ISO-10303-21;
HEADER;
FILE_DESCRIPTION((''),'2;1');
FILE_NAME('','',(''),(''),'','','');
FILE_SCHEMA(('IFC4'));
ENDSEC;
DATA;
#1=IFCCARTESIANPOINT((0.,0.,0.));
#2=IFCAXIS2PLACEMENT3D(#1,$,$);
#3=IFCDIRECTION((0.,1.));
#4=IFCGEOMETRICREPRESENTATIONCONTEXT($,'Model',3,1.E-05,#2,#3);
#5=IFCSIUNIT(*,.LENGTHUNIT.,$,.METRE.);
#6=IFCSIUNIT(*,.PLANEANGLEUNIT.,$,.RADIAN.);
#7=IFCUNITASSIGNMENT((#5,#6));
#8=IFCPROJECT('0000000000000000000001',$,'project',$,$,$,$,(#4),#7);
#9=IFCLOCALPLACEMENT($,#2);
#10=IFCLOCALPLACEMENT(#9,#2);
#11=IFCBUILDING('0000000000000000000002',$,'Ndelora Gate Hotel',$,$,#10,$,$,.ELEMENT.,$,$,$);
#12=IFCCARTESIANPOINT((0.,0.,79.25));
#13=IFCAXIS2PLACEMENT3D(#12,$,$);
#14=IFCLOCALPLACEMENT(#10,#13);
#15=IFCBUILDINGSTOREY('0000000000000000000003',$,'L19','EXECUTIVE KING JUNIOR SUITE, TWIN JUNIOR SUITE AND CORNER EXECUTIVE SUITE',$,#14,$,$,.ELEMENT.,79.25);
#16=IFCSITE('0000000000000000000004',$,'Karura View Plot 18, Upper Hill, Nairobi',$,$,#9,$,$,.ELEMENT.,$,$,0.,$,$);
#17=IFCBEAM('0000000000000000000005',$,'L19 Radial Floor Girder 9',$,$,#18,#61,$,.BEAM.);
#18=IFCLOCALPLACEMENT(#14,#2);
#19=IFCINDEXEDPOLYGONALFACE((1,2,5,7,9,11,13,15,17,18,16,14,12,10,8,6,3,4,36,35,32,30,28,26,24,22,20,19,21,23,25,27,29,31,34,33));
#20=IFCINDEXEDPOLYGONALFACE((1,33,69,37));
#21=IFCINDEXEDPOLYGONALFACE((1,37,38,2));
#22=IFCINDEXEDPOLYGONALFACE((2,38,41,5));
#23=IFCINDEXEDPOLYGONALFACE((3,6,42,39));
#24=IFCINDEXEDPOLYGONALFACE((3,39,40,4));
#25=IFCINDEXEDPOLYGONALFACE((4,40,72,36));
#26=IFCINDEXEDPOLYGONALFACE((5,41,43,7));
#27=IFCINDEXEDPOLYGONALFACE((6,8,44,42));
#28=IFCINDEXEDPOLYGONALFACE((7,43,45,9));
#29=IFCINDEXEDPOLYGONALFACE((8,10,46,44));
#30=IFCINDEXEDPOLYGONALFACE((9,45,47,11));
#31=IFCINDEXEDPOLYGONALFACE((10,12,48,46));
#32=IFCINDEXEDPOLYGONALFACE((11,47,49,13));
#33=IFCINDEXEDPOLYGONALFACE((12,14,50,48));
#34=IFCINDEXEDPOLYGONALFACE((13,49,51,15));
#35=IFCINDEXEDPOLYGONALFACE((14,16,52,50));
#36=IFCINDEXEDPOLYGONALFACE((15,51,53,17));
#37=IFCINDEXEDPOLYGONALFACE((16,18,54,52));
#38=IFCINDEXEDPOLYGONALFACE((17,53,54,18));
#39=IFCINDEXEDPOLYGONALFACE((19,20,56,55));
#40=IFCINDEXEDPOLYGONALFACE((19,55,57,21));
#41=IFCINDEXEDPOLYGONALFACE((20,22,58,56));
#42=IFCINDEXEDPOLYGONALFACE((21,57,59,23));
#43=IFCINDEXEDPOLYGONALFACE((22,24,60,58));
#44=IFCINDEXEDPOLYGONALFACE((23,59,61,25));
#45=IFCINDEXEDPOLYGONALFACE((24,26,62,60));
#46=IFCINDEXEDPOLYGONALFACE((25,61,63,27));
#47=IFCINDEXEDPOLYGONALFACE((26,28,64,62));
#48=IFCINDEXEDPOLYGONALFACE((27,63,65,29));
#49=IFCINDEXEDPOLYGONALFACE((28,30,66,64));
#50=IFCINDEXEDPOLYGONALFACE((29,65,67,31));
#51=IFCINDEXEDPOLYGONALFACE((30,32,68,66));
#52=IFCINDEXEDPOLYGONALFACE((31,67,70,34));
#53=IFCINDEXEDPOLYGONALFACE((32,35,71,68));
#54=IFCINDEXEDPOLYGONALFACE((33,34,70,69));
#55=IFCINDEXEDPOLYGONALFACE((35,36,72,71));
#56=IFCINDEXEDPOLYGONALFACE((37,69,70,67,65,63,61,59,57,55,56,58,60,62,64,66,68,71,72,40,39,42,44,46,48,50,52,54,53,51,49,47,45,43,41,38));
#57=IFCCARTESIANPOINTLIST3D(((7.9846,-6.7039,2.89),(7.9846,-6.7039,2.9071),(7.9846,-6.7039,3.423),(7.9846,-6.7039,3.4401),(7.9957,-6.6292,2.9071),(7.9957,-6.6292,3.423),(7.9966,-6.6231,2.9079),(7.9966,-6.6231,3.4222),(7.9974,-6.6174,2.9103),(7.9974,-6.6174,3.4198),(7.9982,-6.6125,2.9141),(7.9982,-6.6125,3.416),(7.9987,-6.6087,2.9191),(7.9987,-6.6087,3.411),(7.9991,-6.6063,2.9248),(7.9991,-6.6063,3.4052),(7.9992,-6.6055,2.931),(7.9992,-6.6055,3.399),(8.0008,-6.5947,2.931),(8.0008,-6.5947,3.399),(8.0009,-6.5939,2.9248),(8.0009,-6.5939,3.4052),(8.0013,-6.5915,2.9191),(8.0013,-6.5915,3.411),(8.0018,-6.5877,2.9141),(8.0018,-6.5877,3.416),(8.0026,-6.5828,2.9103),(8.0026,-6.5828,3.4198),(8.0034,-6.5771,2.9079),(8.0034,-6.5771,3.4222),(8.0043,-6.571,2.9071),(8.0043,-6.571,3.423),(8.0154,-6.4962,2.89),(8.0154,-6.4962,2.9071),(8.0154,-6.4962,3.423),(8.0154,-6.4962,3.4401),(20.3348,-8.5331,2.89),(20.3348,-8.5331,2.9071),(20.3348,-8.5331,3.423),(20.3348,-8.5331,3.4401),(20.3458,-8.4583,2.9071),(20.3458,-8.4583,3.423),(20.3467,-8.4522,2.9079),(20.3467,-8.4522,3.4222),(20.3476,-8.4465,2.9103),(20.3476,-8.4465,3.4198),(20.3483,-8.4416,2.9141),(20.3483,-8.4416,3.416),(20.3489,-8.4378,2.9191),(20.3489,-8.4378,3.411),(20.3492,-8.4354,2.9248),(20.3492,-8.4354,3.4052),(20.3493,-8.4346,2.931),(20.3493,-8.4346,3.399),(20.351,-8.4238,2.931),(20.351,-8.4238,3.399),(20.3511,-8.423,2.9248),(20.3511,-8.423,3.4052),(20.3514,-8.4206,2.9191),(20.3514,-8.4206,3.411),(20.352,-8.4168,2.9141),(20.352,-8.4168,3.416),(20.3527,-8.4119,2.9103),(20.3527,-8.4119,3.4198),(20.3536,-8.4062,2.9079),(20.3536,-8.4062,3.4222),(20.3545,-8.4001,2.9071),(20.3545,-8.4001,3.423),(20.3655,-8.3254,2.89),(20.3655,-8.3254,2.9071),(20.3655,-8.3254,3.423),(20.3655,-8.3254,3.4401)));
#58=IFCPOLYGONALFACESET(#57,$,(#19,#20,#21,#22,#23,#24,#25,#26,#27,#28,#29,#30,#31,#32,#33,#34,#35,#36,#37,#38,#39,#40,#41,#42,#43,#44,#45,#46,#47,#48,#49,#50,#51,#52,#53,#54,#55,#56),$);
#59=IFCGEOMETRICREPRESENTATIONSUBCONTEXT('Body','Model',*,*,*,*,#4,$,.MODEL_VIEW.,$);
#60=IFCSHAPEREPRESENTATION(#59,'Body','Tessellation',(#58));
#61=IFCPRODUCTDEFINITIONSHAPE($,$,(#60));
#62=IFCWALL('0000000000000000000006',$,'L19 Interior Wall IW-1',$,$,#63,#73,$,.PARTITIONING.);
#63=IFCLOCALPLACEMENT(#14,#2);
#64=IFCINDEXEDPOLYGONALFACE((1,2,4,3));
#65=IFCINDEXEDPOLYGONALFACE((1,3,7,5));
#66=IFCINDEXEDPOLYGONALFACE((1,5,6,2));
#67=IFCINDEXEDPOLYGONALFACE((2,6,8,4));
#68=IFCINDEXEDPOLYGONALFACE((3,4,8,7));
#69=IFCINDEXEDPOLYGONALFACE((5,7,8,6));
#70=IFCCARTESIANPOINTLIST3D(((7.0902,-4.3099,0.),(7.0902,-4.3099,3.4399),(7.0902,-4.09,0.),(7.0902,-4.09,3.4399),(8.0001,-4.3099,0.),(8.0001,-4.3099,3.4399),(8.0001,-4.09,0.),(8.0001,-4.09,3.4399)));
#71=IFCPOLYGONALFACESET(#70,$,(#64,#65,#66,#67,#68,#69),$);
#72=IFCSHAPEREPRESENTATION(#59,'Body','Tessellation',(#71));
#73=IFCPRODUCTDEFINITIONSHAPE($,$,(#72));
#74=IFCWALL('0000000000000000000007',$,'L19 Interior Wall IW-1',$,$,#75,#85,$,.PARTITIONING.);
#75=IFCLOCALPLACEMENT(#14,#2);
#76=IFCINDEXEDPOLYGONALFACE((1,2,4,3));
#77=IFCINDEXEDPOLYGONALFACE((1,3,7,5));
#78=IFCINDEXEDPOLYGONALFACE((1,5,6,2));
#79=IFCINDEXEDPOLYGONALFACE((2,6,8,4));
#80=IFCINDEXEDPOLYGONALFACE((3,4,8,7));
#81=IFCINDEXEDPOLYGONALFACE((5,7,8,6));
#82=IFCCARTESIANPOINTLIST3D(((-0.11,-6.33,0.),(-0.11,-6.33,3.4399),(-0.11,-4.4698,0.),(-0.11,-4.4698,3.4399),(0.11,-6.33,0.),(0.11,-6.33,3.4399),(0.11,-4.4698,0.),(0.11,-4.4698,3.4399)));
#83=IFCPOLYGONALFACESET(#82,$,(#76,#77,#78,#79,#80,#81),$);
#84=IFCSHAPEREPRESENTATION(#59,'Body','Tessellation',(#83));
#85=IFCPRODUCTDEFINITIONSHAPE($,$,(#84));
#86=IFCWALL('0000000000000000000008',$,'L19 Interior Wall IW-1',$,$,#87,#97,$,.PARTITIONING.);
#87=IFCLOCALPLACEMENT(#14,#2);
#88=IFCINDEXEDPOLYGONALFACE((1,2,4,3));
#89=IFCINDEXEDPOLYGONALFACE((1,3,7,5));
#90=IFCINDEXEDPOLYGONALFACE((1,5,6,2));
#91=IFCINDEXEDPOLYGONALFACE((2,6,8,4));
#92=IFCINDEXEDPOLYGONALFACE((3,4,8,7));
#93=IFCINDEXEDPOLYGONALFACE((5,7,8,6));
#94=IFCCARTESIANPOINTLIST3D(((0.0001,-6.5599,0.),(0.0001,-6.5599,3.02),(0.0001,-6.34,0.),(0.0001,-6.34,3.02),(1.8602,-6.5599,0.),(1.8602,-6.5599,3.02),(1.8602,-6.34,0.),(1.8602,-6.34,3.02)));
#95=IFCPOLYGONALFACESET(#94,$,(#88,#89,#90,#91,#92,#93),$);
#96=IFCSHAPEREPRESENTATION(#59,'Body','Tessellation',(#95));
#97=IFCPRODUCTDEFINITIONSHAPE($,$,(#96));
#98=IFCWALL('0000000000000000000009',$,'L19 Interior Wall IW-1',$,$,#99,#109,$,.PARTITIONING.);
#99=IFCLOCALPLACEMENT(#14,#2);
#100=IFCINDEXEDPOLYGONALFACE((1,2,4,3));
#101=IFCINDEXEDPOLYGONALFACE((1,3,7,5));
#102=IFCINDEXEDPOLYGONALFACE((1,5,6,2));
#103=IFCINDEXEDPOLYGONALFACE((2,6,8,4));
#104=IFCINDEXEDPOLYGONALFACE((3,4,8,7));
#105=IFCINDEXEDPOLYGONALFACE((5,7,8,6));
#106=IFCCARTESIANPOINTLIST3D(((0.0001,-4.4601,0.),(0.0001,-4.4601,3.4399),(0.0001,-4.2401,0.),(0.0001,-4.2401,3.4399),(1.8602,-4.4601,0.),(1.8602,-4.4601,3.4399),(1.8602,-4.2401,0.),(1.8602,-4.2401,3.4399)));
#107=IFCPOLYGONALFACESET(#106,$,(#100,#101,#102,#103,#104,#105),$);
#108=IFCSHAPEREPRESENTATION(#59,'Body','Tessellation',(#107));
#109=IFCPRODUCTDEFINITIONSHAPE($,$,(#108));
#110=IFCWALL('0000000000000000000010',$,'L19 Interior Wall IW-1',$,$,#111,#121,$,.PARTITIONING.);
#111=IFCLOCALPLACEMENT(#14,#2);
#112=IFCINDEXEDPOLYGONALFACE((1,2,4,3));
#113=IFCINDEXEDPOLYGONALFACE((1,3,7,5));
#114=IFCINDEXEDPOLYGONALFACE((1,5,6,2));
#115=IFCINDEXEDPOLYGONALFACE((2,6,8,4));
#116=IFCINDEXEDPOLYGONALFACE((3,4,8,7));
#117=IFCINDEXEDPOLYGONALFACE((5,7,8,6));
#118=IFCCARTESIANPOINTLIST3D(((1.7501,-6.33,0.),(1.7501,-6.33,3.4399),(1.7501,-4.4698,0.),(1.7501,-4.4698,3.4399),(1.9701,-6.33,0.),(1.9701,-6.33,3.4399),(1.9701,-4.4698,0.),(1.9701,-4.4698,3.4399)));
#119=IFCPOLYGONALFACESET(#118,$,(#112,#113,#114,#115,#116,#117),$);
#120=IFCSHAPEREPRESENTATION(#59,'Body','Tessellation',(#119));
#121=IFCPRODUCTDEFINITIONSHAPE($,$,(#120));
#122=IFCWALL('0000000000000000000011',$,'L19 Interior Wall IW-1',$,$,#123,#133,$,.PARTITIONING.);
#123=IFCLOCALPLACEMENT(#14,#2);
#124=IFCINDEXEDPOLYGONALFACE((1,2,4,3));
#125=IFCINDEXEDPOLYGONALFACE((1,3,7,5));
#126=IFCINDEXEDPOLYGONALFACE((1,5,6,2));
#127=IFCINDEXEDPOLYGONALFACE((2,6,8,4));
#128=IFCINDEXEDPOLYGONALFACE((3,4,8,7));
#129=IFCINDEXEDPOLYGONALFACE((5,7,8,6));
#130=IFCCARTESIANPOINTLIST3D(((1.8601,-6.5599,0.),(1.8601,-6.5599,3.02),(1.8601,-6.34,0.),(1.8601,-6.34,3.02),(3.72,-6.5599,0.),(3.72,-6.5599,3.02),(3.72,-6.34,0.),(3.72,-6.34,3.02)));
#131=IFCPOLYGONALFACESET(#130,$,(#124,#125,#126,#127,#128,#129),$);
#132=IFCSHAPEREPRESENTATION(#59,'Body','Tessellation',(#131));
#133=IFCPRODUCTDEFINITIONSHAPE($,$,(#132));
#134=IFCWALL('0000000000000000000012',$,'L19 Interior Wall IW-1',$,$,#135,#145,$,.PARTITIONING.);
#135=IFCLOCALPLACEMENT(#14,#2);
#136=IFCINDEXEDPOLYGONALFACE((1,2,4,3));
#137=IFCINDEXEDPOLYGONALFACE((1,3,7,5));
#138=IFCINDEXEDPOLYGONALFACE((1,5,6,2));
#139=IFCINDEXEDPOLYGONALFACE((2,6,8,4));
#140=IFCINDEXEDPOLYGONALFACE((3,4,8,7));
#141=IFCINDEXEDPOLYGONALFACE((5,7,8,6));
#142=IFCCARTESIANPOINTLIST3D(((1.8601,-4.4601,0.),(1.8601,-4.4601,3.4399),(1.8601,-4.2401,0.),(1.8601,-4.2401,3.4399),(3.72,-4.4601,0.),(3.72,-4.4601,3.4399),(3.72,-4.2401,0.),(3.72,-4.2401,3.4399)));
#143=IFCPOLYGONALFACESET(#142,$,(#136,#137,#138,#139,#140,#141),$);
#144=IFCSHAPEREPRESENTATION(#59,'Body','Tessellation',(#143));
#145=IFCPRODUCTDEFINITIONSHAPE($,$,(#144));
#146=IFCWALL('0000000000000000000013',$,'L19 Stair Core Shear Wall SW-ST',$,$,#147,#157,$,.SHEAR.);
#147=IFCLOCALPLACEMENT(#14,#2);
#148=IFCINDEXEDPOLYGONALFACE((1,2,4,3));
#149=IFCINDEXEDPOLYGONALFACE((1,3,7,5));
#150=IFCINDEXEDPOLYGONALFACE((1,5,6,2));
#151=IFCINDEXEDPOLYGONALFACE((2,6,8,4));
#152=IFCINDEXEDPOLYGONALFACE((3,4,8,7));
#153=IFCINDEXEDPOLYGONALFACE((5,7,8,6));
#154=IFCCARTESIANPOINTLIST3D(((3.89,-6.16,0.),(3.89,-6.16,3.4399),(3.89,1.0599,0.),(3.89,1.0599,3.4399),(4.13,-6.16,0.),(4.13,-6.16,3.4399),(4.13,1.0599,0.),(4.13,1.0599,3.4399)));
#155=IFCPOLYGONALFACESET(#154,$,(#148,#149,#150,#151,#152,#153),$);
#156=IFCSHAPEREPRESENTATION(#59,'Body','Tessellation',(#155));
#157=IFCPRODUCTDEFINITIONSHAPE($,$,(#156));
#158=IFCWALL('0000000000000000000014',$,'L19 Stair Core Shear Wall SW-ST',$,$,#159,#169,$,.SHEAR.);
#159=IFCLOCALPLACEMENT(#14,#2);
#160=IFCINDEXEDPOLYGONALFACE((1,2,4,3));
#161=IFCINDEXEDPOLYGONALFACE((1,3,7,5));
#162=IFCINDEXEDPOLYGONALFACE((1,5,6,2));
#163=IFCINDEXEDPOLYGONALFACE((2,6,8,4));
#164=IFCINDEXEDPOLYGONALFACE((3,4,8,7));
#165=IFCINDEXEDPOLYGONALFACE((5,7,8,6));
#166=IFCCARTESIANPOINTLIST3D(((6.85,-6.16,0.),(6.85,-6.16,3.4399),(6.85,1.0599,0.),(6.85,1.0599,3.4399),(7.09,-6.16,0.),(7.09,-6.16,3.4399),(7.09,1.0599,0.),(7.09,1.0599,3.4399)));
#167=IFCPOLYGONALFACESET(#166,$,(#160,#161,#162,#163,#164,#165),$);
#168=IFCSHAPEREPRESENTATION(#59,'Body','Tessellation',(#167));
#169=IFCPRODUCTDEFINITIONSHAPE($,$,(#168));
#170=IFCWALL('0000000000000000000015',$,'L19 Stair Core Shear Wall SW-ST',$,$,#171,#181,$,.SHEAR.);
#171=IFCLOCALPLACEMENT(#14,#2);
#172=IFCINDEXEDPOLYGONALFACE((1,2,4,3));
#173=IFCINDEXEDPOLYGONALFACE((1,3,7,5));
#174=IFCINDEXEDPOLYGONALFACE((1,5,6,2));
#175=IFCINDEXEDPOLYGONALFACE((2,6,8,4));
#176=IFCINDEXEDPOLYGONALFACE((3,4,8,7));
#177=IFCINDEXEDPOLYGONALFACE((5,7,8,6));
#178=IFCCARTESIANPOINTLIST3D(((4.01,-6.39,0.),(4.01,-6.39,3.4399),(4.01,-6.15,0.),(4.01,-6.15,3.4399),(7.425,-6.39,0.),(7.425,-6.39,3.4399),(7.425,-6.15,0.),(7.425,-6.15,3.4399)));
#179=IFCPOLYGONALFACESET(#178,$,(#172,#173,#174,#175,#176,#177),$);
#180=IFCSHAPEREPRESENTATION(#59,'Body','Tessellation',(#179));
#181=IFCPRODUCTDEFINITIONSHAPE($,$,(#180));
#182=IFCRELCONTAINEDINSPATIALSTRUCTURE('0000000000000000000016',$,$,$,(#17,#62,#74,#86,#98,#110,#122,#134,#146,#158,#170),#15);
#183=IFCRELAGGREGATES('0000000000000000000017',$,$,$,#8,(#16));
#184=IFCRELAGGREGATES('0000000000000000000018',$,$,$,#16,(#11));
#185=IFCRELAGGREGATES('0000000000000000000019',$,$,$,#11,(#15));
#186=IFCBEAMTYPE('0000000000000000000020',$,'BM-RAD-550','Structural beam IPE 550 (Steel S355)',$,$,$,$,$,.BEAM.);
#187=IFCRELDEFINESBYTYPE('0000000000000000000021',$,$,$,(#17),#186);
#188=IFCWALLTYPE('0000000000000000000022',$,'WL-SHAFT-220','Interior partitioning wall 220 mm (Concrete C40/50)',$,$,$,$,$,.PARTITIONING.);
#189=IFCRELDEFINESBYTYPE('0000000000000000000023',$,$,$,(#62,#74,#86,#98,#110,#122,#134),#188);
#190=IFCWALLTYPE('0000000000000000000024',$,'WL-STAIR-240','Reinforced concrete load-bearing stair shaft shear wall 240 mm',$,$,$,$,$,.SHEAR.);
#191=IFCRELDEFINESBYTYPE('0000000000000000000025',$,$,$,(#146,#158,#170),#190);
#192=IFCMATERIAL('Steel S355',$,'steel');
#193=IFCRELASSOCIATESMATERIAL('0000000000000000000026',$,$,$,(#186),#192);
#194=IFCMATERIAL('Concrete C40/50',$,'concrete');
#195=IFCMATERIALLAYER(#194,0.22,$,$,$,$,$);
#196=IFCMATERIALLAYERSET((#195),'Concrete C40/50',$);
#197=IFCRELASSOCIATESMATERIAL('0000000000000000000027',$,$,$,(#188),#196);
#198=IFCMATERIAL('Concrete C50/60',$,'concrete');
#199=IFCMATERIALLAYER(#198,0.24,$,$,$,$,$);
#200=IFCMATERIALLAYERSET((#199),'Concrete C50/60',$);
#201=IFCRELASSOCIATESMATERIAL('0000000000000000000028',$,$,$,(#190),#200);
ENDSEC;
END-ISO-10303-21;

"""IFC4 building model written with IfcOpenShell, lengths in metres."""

from ifc_helpers import new_model, si_unit, direction, frame, frame_2d, origin, origin_2d, place, context, subcontext, project, spatial, rectangle, i_section, extrude, material, layer, layer_set, material_profile, profile_set, type_object, element, save


model = new_model("IFC4")

# Units and contexts
model_context = context("Model", 3, precision=1e-05, world=origin(), true_north=direction((0.0, 1.0)))
body_context = subcontext(model_context, "Body", "Model", "MODEL_VIEW")
ifc_project = project(units=[si_unit("LENGTHUNIT", "METRE"), si_unit("PLANEANGLEUNIT", "RADIAN")], contexts=[model_context])

# Site, building, storey
site_placement = place(None, origin())
site = spatial("IfcSite", under=ifc_project, at=site_placement, Name="Karura View Plot 18, Upper Hill, Nairobi", CompositionType="ELEMENT", RefElevation=0.0)
building_placement = place(site_placement, origin())
building = spatial("IfcBuilding", under=site, at=building_placement, Name="Ndelora Gate Hotel", CompositionType="ELEMENT")
storey_placement = place(building_placement, frame((0.0, 0.0, 79.25)))
storey = spatial("IfcBuildingStorey", under=building, at=storey_placement, Name="L19", Description="EXECUTIVE KING JUNIOR SUITE, TWIN JUNIOR SUITE AND CORNER EXECUTIVE SUITE", CompositionType="ELEMENT", Elevation=79.25)

# Beam
ifc_material_1 = material(Name="Steel S355", Category="steel")
ifc_material_profile_1 = material_profile(ifc_material_1, i_section(OverallWidth=0.21, OverallDepth=0.55, WebThickness=0.011, FlangeThickness=0.0171, FilletRadius=0.0239, at=origin_2d()), Name="IPE 550")
ifc_profile_set_1 = profile_set([ifc_material_profile_1], Name="Steel S355")
beam_type_1 = type_object("IfcBeamType", Name="BM-RAD-550", Description="Structural beam IPE 550 (Steel S355)", PredefinedType="BEAM", material=ifc_profile_set_1)
beam_1_placement = place(storey_placement, frame((8.0, -6.6001, 3.165), z_axis=(0.98921, -0.146506, 0.0), x_axis=(0.146506, 0.98921, 0.0)))
element("IfcBeam", 1, at=beam_1_placement, inside=storey, type_object=beam_type_1, Name="L19 Radial Floor Girder 9", PredefinedType="BEAM", context=body_context, shape_type="SweptSolid", body=[
    extrude(i_section(OverallWidth=0.21, OverallDepth=0.55, WebThickness=0.011, FlangeThickness=0.0171, FilletRadius=0.0239, at=origin_2d()), origin(), (0.0, 0.0, 1.0), 12.4849),
])

# Walls
ifc_material_2 = material(Name="Concrete C40/50", Category="concrete")
ifc_layer_1 = layer(ifc_material_2, 0.22)
ifc_layer_set_1 = layer_set([ifc_layer_1], Name="Concrete C40/50")
wall_type_1 = type_object("IfcWallType", Name="WL-SHAFT-220", Description="Interior partitioning wall 220 mm (Concrete C40/50)", PredefinedType="PARTITIONING", material=ifc_layer_set_1)
wall_1_placement = place(storey_placement, frame((7.0901, -4.2, 0.0), z_axis=(0.0, 0.0, 1.0), x_axis=(1.0, 0.0, 0.0)))
element("IfcWall", 2, at=wall_1_placement, inside=storey, type_object=wall_type_1, Name="L19 Interior Wall IW-1", PredefinedType="PARTITIONING", context=body_context, shape_type="SweptSolid", body=[
    extrude(rectangle(XDim=0.9099, YDim=0.22, at=frame_2d((0.4551, 0.0))), origin(), (0.0, 0.0, 1.0), 3.4399),
])
wall_2_placement = place(storey_placement, frame((0.0, -6.3301, 0.0), z_axis=(0.0, 0.0, 1.0), x_axis=(0.0, 1.0, 0.0)))
element("IfcWall", 3, at=wall_2_placement, inside=storey, type_object=wall_type_1, Name="L19 Interior Wall IW-1", PredefinedType="PARTITIONING", context=body_context, shape_type="SweptSolid", body=[
    extrude(rectangle(XDim=1.8601, YDim=0.22, at=frame_2d((0.9302, 0.0))), origin(), (0.0, 0.0, 1.0), 3.4399),
])
wall_3_placement = place(storey_placement, frame((0.0, -6.45, 0.0), z_axis=(0.0, 0.0, 1.0), x_axis=(1.0, 0.0, 0.0)))
element("IfcWall", 4, at=wall_3_placement, inside=storey, type_object=wall_type_1, Name="L19 Interior Wall IW-1", PredefinedType="PARTITIONING", context=body_context, shape_type="SweptSolid", body=[
    extrude(rectangle(XDim=1.8601, YDim=0.22, at=frame_2d((0.9302, 0.0))), origin(), (0.0, 0.0, 1.0), 3.02),
])
for number, where, z_axis, x_axis, name in (
    (5, (0.0, -4.3501, 0.0), (0.0, 0.0, 1.0), (1.0, 0.0, 0.0), "L19 Interior Wall IW-1"),
    (6, (1.8601, -6.3301, 0.0), (0.0, 0.0, 1.0), (0.0, 1.0, 0.0), "L19 Interior Wall IW-1"),
):
    element("IfcWall", number, at=place(storey_placement, frame(where, z_axis=z_axis, x_axis=x_axis)), inside=storey, type_object=wall_type_1, Name=name, PredefinedType="PARTITIONING", context=body_context, shape_type="SweptSolid", body=[
        extrude(rectangle(XDim=1.8601, YDim=0.22, at=frame_2d((0.9302, 0.0))), origin(), (0.0, 0.0, 1.0), 3.4399),
    ])
wall_4_placement = place(storey_placement, frame((1.8601, -6.45, 0.0), z_axis=(0.0, 0.0, 1.0), x_axis=(1.0, 0.0, 0.0)))
element("IfcWall", 7, at=wall_4_placement, inside=storey, type_object=wall_type_1, Name="L19 Interior Wall IW-1", PredefinedType="PARTITIONING", context=body_context, shape_type="SweptSolid", body=[
    extrude(rectangle(XDim=1.8599, YDim=0.22, at=frame_2d((0.9299, 0.0))), origin(), (0.0, 0.0, 1.0), 3.02),
])
wall_5_placement = place(storey_placement, frame((1.8601, -4.3501, 0.0), z_axis=(0.0, 0.0, 1.0), x_axis=(1.0, 0.0, 0.0)))
element("IfcWall", 8, at=wall_5_placement, inside=storey, type_object=wall_type_1, Name="L19 Interior Wall IW-1", PredefinedType="PARTITIONING", context=body_context, shape_type="SweptSolid", body=[
    extrude(rectangle(XDim=1.8599, YDim=0.22, at=frame_2d((0.9299, 0.0))), origin(), (0.0, 0.0, 1.0), 3.4399),
])
ifc_material_3 = material(Name="Concrete C50/60", Category="concrete")
ifc_layer_2 = layer(ifc_material_3, 0.24)
ifc_layer_set_2 = layer_set([ifc_layer_2], Name="Concrete C50/60")
wall_type_2 = type_object("IfcWallType", Name="WL-STAIR-240", Description="Reinforced concrete load-bearing stair shaft shear wall 240 mm", PredefinedType="SHEAR", material=ifc_layer_set_2)
for number, where, z_axis, x_axis, name in (
    (9, (4.01, -6.1599, 0.0), (0.0, 0.0, 1.0), (0.0, 1.0, 0.0), "L19 Stair Core Shear Wall SW-ST"),
    (10, (6.97, -6.1599, 0.0), (0.0, 0.0, 1.0), (0.0, 1.0, 0.0), "L19 Stair Core Shear Wall SW-ST"),
):
    element("IfcWall", number, at=place(storey_placement, frame(where, z_axis=z_axis, x_axis=x_axis)), inside=storey, type_object=wall_type_2, Name=name, PredefinedType="SHEAR", context=body_context, shape_type="SweptSolid", body=[
        extrude(rectangle(XDim=7.22, YDim=0.24, at=frame_2d((3.6099, 0.0))), origin(), (0.0, 0.0, 1.0), 3.4399),
    ])
wall_6_placement = place(storey_placement, frame((4.01, -6.27, 0.0), z_axis=(0.0, 0.0, 1.0), x_axis=(1.0, 0.0, 0.0)))
element("IfcWall", 11, at=wall_6_placement, inside=storey, type_object=wall_type_2, Name="L19 Stair Core Shear Wall SW-ST", PredefinedType="SHEAR", context=body_context, shape_type="SweptSolid", body=[
    extrude(rectangle(XDim=3.415, YDim=0.24, at=frame_2d((1.7075, 0.0))), origin(), (0.0, 0.0, 1.0), 3.4399),
])

save(model, "model.ifc")
